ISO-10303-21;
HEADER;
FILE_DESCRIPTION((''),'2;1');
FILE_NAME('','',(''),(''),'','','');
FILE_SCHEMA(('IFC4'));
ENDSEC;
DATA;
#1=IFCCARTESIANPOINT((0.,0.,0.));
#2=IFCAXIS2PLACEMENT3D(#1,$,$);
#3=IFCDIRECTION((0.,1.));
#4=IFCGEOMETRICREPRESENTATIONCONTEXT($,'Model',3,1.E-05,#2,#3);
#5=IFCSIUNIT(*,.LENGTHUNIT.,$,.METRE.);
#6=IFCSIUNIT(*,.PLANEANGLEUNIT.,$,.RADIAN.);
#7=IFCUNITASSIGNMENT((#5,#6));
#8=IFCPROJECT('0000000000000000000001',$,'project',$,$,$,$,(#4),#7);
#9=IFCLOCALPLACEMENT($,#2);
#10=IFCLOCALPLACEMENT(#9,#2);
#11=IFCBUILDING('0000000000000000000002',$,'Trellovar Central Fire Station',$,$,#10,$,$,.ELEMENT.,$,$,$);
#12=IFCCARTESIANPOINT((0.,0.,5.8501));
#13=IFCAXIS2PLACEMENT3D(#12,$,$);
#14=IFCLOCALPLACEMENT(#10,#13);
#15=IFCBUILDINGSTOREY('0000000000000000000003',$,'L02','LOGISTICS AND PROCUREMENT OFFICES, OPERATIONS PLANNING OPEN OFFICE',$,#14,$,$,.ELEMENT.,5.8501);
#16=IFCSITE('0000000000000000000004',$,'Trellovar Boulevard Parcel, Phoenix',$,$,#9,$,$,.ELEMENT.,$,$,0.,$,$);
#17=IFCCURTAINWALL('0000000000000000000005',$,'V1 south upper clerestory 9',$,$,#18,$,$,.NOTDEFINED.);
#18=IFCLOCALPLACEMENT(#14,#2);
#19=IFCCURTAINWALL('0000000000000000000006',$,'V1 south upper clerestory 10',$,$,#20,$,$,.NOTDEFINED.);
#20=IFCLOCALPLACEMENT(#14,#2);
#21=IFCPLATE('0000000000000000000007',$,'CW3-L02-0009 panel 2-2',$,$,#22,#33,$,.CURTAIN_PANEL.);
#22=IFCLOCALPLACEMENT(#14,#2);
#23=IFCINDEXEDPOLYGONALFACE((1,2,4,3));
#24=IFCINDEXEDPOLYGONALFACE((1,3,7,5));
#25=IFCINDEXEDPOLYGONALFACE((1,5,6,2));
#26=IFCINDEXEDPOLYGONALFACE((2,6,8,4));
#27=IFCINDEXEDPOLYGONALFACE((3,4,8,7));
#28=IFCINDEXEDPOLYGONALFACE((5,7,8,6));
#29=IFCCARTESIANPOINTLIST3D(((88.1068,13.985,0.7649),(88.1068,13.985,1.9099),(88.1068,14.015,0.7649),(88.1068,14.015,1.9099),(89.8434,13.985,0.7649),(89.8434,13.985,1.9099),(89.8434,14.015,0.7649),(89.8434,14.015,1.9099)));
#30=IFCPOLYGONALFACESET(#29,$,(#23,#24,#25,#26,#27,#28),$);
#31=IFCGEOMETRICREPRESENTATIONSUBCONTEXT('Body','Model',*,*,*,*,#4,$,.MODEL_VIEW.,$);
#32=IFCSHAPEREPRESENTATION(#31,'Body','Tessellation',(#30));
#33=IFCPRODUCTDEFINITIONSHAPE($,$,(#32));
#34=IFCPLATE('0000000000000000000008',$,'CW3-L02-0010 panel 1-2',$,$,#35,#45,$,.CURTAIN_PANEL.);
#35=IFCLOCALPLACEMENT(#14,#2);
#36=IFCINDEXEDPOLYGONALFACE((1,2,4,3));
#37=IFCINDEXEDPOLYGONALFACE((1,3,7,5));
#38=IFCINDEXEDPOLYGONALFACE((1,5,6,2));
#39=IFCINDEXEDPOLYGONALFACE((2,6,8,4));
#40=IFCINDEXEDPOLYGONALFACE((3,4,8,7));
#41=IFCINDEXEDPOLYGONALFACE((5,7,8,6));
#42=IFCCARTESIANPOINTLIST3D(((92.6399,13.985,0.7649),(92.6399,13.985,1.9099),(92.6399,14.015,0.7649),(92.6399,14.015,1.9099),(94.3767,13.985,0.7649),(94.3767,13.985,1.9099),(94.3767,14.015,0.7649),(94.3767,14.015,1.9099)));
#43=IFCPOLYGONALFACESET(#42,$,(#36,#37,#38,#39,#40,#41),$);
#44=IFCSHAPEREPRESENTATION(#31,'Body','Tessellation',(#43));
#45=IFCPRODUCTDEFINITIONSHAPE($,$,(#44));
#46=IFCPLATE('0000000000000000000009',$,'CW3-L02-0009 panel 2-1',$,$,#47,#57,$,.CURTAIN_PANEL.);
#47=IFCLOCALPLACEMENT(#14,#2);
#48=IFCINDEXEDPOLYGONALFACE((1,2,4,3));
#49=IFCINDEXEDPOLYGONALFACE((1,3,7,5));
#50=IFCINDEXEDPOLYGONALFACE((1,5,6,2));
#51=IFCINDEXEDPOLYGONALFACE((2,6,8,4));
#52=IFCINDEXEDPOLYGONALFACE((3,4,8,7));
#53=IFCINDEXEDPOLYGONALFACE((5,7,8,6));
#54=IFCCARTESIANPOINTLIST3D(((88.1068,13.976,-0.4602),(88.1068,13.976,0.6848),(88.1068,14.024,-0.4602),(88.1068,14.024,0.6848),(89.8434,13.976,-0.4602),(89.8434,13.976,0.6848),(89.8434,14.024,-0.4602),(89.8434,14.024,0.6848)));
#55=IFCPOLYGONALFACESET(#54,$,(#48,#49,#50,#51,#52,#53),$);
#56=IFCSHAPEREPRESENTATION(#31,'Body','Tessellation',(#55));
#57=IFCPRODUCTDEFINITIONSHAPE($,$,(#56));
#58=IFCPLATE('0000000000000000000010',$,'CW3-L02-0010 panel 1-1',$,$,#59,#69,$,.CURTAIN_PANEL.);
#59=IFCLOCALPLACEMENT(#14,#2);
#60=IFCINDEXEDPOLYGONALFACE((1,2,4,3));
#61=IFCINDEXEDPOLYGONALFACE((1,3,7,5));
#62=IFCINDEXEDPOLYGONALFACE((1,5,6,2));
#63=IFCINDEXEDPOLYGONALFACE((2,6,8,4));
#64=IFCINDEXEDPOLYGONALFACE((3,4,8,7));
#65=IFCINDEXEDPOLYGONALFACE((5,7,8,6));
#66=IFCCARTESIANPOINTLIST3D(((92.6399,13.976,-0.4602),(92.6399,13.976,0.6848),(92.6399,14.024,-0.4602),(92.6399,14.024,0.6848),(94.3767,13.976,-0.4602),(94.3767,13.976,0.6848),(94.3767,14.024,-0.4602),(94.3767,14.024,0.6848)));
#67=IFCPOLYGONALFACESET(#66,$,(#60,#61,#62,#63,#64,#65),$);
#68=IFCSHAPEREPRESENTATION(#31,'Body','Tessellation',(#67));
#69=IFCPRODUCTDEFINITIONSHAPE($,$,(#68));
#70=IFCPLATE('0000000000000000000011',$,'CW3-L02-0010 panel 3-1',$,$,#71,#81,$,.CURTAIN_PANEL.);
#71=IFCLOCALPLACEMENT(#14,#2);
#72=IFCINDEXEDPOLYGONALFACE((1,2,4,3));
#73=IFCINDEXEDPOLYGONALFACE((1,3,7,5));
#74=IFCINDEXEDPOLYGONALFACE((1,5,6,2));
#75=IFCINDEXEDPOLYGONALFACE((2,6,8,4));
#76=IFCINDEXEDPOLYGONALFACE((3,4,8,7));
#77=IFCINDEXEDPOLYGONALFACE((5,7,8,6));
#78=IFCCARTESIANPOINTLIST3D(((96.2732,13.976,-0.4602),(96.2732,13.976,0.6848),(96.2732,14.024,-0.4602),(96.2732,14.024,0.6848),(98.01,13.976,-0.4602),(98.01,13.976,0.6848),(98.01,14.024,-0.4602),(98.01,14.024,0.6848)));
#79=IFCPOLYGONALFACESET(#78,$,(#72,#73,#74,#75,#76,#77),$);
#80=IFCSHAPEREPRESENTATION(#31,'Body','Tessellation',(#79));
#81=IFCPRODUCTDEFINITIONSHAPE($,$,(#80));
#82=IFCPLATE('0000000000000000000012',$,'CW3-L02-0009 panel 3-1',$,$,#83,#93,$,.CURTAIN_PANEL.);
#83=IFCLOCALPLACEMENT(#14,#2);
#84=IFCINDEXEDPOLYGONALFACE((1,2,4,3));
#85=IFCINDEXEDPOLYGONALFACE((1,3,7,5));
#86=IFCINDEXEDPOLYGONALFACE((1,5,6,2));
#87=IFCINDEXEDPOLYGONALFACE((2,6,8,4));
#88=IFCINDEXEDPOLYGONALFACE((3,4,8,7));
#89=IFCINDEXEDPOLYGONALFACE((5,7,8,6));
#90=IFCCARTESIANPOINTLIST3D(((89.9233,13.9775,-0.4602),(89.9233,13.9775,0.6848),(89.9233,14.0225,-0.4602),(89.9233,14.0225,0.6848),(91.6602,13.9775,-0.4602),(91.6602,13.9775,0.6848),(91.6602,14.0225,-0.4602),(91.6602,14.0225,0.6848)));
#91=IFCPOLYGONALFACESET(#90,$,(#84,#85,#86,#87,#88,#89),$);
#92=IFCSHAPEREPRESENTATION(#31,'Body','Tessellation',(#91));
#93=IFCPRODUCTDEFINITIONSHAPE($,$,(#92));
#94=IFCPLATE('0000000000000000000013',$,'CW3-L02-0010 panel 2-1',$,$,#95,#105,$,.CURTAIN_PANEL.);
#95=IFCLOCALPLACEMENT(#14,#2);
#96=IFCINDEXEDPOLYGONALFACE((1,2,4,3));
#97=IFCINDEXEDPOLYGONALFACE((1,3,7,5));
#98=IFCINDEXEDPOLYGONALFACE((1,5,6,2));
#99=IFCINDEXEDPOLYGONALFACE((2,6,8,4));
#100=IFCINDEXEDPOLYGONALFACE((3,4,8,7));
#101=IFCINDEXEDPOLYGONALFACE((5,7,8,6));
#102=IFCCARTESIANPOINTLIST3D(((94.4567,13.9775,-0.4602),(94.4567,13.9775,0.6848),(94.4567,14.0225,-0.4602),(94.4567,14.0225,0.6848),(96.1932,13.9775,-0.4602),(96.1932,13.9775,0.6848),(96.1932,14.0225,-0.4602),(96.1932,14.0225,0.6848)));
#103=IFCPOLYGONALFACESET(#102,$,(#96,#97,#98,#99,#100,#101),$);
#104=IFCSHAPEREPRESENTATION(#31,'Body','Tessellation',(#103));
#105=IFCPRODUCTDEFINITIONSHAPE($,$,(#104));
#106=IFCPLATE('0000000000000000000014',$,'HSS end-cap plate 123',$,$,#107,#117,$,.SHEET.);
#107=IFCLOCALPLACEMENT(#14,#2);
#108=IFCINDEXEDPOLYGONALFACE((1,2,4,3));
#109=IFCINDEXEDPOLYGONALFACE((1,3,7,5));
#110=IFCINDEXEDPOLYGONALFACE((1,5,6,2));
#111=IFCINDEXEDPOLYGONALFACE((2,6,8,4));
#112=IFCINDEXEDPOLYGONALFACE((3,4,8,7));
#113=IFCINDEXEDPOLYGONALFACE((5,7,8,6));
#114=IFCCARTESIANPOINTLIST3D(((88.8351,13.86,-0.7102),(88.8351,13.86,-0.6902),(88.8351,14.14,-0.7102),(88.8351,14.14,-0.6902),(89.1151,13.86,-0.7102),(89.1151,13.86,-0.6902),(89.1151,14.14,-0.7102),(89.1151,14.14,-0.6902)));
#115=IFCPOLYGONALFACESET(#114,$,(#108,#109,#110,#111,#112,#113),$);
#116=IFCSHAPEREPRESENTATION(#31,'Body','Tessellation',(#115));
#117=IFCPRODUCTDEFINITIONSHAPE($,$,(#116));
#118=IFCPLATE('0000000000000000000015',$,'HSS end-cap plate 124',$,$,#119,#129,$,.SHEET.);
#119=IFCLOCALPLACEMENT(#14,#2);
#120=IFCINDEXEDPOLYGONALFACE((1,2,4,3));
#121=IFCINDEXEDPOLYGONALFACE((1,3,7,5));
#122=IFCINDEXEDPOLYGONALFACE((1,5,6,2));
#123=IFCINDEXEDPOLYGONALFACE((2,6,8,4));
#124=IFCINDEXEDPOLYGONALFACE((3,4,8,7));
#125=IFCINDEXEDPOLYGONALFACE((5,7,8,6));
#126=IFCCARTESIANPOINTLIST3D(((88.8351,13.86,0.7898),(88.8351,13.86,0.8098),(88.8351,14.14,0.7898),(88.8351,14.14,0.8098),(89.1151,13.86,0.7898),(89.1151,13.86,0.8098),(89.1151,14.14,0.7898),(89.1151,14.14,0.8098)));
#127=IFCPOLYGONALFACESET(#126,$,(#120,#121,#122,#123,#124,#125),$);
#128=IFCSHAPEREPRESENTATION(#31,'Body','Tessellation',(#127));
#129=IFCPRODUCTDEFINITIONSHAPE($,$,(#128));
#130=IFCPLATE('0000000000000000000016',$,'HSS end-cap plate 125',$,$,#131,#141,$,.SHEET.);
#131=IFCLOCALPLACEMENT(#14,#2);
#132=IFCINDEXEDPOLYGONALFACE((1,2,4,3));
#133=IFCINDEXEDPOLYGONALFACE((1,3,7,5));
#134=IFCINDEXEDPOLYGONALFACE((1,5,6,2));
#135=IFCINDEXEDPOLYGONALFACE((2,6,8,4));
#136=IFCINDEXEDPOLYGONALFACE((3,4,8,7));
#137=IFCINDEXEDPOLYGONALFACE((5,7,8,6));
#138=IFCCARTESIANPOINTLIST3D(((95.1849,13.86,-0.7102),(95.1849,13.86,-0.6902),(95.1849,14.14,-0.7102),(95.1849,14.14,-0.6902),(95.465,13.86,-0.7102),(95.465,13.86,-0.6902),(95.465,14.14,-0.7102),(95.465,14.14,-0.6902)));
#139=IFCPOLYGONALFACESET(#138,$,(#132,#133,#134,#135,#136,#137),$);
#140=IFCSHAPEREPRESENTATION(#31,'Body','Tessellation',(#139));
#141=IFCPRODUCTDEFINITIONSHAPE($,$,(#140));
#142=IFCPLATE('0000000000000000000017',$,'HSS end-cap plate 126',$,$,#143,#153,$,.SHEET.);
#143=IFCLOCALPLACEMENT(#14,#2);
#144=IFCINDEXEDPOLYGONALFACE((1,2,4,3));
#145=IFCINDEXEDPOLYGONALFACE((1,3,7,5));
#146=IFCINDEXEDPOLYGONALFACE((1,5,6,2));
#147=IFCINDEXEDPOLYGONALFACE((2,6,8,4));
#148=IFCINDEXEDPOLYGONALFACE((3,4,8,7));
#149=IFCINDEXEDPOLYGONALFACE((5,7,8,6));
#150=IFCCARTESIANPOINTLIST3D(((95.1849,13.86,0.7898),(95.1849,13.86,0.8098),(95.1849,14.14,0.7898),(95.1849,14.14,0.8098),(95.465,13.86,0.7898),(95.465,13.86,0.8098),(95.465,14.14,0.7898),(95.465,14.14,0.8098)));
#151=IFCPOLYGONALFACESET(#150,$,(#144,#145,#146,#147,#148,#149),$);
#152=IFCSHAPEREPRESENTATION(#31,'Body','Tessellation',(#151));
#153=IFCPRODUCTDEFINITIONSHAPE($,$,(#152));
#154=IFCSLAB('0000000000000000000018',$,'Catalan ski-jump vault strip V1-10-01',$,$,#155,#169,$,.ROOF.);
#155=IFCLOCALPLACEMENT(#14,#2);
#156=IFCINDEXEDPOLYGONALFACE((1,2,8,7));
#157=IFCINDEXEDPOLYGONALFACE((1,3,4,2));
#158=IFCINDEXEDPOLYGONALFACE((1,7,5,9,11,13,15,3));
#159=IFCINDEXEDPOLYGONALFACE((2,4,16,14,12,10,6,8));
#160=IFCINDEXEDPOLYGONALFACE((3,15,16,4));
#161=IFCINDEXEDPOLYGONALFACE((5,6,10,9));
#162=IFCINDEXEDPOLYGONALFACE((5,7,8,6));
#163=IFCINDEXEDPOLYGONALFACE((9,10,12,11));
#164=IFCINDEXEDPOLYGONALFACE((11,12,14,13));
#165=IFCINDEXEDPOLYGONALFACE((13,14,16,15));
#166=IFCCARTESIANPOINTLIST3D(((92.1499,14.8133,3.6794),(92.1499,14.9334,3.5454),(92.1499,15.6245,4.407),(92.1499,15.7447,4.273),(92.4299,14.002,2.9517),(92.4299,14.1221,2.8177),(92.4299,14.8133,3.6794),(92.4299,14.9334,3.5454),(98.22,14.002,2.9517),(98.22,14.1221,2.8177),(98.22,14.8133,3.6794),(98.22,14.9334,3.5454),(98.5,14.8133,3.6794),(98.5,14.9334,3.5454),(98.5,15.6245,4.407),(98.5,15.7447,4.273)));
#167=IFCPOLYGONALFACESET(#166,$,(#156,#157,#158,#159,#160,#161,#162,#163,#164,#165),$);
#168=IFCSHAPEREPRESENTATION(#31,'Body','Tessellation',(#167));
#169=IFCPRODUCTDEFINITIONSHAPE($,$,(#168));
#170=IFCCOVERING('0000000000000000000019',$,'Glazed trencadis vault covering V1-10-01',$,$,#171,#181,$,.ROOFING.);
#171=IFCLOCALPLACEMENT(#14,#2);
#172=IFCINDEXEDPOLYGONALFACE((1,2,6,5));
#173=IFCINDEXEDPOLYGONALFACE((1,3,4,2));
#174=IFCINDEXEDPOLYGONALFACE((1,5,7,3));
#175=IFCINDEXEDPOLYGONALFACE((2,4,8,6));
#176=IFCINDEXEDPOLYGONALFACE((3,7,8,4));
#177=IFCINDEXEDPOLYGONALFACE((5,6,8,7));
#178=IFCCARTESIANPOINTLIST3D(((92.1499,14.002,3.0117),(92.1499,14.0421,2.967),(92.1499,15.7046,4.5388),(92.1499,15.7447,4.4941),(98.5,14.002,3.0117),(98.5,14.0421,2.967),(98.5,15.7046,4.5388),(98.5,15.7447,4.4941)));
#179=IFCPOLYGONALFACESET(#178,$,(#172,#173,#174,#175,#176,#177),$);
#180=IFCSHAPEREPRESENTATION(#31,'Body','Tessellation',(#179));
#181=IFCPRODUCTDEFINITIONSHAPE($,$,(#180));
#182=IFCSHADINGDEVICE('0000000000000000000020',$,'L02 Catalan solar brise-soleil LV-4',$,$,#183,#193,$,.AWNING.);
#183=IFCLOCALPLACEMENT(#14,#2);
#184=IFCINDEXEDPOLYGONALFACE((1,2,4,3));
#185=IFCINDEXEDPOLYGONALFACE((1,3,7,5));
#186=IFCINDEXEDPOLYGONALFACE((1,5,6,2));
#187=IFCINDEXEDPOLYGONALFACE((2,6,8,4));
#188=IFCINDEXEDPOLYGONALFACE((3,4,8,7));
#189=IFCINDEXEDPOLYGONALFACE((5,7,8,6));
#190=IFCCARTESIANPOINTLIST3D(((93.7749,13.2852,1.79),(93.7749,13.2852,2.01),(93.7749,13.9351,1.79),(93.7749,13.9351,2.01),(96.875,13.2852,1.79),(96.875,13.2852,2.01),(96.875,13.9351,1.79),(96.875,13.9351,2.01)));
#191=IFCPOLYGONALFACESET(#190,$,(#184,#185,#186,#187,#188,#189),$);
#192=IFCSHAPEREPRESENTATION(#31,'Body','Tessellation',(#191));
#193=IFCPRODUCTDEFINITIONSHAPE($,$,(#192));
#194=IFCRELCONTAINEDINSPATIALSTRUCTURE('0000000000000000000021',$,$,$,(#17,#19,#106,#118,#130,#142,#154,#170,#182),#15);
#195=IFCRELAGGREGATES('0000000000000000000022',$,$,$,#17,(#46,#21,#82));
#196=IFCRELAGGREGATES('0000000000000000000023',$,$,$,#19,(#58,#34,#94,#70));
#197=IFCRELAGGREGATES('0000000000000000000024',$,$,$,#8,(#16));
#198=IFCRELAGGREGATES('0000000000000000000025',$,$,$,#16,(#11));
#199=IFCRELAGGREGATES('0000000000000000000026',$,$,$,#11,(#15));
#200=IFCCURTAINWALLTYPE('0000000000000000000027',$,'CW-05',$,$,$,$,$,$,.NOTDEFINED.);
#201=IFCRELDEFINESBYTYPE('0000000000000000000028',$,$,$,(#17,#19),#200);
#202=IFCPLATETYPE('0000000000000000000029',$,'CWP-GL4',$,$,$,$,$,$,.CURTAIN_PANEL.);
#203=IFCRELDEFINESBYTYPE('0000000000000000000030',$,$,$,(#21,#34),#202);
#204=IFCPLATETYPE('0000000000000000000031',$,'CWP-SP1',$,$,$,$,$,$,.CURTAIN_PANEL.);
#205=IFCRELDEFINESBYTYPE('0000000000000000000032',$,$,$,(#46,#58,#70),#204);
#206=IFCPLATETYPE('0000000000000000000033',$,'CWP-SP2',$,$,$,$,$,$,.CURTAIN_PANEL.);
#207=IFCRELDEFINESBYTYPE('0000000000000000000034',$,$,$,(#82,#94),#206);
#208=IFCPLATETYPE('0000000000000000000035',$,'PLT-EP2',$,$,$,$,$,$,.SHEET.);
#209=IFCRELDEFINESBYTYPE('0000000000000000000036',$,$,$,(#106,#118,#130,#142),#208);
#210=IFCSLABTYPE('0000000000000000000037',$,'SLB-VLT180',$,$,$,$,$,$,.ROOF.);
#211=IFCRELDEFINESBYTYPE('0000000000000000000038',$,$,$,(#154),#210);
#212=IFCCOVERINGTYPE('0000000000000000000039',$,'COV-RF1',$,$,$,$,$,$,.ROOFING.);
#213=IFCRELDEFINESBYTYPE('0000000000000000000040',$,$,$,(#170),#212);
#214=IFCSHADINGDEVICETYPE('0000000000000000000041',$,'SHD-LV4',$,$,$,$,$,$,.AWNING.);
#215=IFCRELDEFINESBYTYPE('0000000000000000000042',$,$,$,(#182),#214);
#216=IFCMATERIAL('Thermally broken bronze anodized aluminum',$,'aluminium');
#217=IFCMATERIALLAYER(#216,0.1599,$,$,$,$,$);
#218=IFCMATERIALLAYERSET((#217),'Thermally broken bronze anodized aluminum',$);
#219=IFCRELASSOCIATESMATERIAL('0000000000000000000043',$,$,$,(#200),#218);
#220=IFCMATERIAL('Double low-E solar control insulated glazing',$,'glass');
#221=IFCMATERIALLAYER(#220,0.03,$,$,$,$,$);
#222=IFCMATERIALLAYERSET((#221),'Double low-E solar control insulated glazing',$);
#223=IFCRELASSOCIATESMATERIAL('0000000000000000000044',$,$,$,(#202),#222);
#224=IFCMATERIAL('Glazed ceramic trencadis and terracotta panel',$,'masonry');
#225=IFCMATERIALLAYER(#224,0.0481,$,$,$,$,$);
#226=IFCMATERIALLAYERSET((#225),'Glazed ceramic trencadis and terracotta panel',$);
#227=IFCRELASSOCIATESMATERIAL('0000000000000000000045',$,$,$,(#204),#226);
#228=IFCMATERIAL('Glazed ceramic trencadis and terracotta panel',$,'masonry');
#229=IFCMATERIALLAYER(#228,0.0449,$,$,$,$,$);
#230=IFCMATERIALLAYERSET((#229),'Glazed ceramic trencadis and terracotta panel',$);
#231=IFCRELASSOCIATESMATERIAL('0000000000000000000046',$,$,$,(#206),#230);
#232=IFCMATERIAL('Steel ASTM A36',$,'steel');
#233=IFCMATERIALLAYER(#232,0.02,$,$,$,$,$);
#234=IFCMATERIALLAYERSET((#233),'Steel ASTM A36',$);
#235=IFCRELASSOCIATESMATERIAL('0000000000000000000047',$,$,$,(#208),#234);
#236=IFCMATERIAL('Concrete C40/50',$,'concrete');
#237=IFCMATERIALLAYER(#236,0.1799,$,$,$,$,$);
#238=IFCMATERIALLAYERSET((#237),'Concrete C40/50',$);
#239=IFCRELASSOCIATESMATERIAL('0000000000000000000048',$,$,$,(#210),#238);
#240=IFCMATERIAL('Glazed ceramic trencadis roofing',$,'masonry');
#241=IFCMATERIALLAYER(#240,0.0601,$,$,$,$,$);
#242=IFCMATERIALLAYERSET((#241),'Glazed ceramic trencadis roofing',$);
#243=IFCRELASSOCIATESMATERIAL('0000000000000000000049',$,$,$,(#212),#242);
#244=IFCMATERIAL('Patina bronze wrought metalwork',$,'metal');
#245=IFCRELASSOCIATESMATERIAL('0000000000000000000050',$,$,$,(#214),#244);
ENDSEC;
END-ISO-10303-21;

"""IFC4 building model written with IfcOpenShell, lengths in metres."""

from ifc_helpers import new_model, si_unit, direction, frame, origin, origin_2d, place, context, subcontext, project, spatial, polyline, rectangle, outline, extrude, material, layer, layer_set, type_object, element, aggregate, save


model = new_model("IFC4")

# Units and contexts
model_context = context("Model", 3, precision=1e-05, world=origin(), true_north=direction((0.0, 1.0)))
body_context = subcontext(model_context, "Body", "Model", "MODEL_VIEW")
ifc_project = project(units=[si_unit("LENGTHUNIT", "METRE"), si_unit("PLANEANGLEUNIT", "RADIAN")], contexts=[model_context])

# Site, building, storey
site_placement = place(None, origin())
site = spatial("IfcSite", under=ifc_project, at=site_placement, Name="Trellovar Boulevard Parcel, Phoenix", CompositionType="ELEMENT", RefElevation=0.0)
building_placement = place(site_placement, origin())
building = spatial("IfcBuilding", under=site, at=building_placement, Name="Trellovar Central Fire Station", CompositionType="ELEMENT")
storey_placement = place(building_placement, frame((0.0, 0.0, 5.8501)))
storey = spatial("IfcBuildingStorey", under=building, at=storey_placement, Name="L02", Description="LOGISTICS AND PROCUREMENT OFFICES, OPERATIONS PLANNING OPEN OFFICE", CompositionType="ELEMENT", Elevation=5.8501)

# Curtain walls
ifc_material_1 = material(Name="Thermally broken bronze anodized aluminum", Category="aluminium")
ifc_layer_1 = layer(ifc_material_1, 0.1599)
ifc_layer_set_1 = layer_set([ifc_layer_1], Name="Thermally broken bronze anodized aluminum")
curtain_wall_type = type_object("IfcCurtainWallType", Name="CW-05", PredefinedType="NOTDEFINED", material=ifc_layer_set_1)
curtain_wall_1_placement = place(storey_placement, origin())
curtain_wall_1 = element("IfcCurtainWall", 1, at=curtain_wall_1_placement, inside=storey, type_object=curtain_wall_type, Name="V1 south upper clerestory 9", PredefinedType="NOTDEFINED")
curtain_wall_2_placement = place(storey_placement, origin())
curtain_wall_2 = element("IfcCurtainWall", 2, at=curtain_wall_2_placement, inside=storey, type_object=curtain_wall_type, Name="V1 south upper clerestory 10", PredefinedType="NOTDEFINED")

# Plates
ifc_material_2 = material(Name="Double low-E solar control insulated glazing", Category="glass")
ifc_layer_2 = layer(ifc_material_2, 0.03)
ifc_layer_set_2 = layer_set([ifc_layer_2], Name="Double low-E solar control insulated glazing")
plate_type_1 = type_object("IfcPlateType", Name="CWP-GL4", PredefinedType="CURTAIN_PANEL", material=ifc_layer_set_2)
plate_1_placement = place(storey_placement, frame((88.9751, 14.0, 0.7649), z_axis=(0.0, 0.0, 1.0), x_axis=(1.0, 0.0, 0.0)))
plate_1 = element("IfcPlate", 3, at=plate_1_placement, type_object=plate_type_1, Name="CW3-L02-0009 panel 2-2", PredefinedType="CURTAIN_PANEL", context=body_context, shape_type="SweptSolid", body=[
    extrude(rectangle(XDim=1.7366, YDim=0.03, at=origin_2d()), origin(), (0.0, 0.0, 1.0), 1.145),
])
plate_2_placement = place(storey_placement, frame((93.5083, 14.0, 0.7649), z_axis=(0.0, 0.0, 1.0), x_axis=(1.0, 0.0, 0.0)))
plate_2 = element("IfcPlate", 4, at=plate_2_placement, type_object=plate_type_1, Name="CW3-L02-0010 panel 1-2", PredefinedType="CURTAIN_PANEL", context=body_context, shape_type="SweptSolid", body=[
    extrude(rectangle(XDim=1.7368, YDim=0.03, at=origin_2d()), origin(), (0.0, 0.0, 1.0), 1.145),
])
ifc_material_3 = material(Name="Glazed ceramic trencadis and terracotta panel", Category="masonry")
ifc_layer_3 = layer(ifc_material_3, 0.0481)
ifc_layer_set_3 = layer_set([ifc_layer_3], Name="Glazed ceramic trencadis and terracotta panel")
plate_type_2 = type_object("IfcPlateType", Name="CWP-SP1", PredefinedType="CURTAIN_PANEL", material=ifc_layer_set_3)
plate_3_placement = place(storey_placement, frame((88.9751, 14.0, -0.4602), z_axis=(0.0, 0.0, 1.0), x_axis=(1.0, 0.0, 0.0)))
plate_3 = element("IfcPlate", 5, at=plate_3_placement, type_object=plate_type_2, Name="CW3-L02-0009 panel 2-1", PredefinedType="CURTAIN_PANEL", context=body_context, shape_type="SweptSolid", body=[
    extrude(rectangle(XDim=1.7366, YDim=0.0481, at=origin_2d()), origin(), (0.0, 0.0, 1.0), 1.145),
])
plate_4_placement = place(storey_placement, frame((93.5083, 14.0, -0.4602), z_axis=(0.0, 0.0, 1.0), x_axis=(1.0, 0.0, 0.0)))
plate_4 = element("IfcPlate", 6, at=plate_4_placement, type_object=plate_type_2, Name="CW3-L02-0010 panel 1-1", PredefinedType="CURTAIN_PANEL", context=body_context, shape_type="SweptSolid", body=[
    extrude(rectangle(XDim=1.7368, YDim=0.0481, at=origin_2d()), origin(), (0.0, 0.0, 1.0), 1.145),
])
plate_5_placement = place(storey_placement, frame((97.1416, 14.0, -0.4602), z_axis=(0.0, 0.0, 1.0), x_axis=(1.0, 0.0, 0.0)))
plate_5 = element("IfcPlate", 7, at=plate_5_placement, type_object=plate_type_2, Name="CW3-L02-0010 panel 3-1", PredefinedType="CURTAIN_PANEL", context=body_context, shape_type="SweptSolid", body=[
    extrude(rectangle(XDim=1.7368, YDim=0.0481, at=origin_2d()), origin(), (0.0, 0.0, 1.0), 1.145),
])
ifc_material_4 = material(Name="Glazed ceramic trencadis and terracotta panel", Category="masonry")
ifc_layer_4 = layer(ifc_material_4, 0.0449)
ifc_layer_set_4 = layer_set([ifc_layer_4], Name="Glazed ceramic trencadis and terracotta panel")
plate_type_3 = type_object("IfcPlateType", Name="CWP-SP2", PredefinedType="CURTAIN_PANEL", material=ifc_layer_set_4)
plate_6_placement = place(storey_placement, frame((90.7917, 14.0, -0.4602), z_axis=(0.0, 0.0, 1.0), x_axis=(1.0, 0.0, 0.0)))
plate_6 = element("IfcPlate", 8, at=plate_6_placement, type_object=plate_type_3, Name="CW3-L02-0009 panel 3-1", PredefinedType="CURTAIN_PANEL", context=body_context, shape_type="SweptSolid", body=[
    extrude(rectangle(XDim=1.7368, YDim=0.0449, at=origin_2d()), origin(), (0.0, 0.0, 1.0), 1.145),
])
aggregate(curtain_wall_1, [plate_3, plate_1, plate_6])
plate_7_placement = place(storey_placement, frame((95.325, 14.0, -0.4602), z_axis=(0.0, 0.0, 1.0), x_axis=(1.0, 0.0, 0.0)))
plate_7 = element("IfcPlate", 9, at=plate_7_placement, type_object=plate_type_3, Name="CW3-L02-0010 panel 2-1", PredefinedType="CURTAIN_PANEL", context=body_context, shape_type="SweptSolid", body=[
    extrude(rectangle(XDim=1.7366, YDim=0.0449, at=origin_2d()), origin(), (0.0, 0.0, 1.0), 1.145),
])
aggregate(curtain_wall_2, [plate_4, plate_2, plate_7, plate_5])

# Plates
ifc_material_5 = material(Name="Steel ASTM A36", Category="steel")
ifc_layer_5 = layer(ifc_material_5, 0.02)
ifc_layer_set_5 = layer_set([ifc_layer_5], Name="Steel ASTM A36")
plate_type_4 = type_object("IfcPlateType", Name="PLT-EP2", PredefinedType="SHEET", material=ifc_layer_set_5)
for number, where, z_axis, x_axis, name in (
    (10, (88.9751, 14.0, -0.7102), (0.0, 0.0, 1.0), (1.0, 0.0, 0.0), "HSS end-cap plate 123"),
    (11, (88.9751, 14.0, 0.7898), (0.0, 0.0, 1.0), (1.0, 0.0, 0.0), "HSS end-cap plate 124"),
    (12, (95.325, 14.0, -0.7102), (0.0, 0.0, 1.0), (1.0, 0.0, 0.0), "HSS end-cap plate 125"),
    (13, (95.325, 14.0, 0.7898), (0.0, 0.0, 1.0), (1.0, 0.0, 0.0), "HSS end-cap plate 126"),
):
    element("IfcPlate", number, at=place(storey_placement, frame(where, z_axis=z_axis, x_axis=x_axis)), inside=storey, type_object=plate_type_4, Name=name, PredefinedType="SHEET", context=body_context, shape_type="SweptSolid", body=[
        extrude(rectangle(XDim=0.28, YDim=0.28, at=origin_2d()), origin(), (0.0, 0.0, 1.0), 0.02),
    ])

# Slab
ifc_material_6 = material(Name="Concrete C40/50", Category="concrete")
ifc_layer_6 = layer(ifc_material_6, 0.1799)
ifc_layer_set_6 = layer_set([ifc_layer_6], Name="Concrete C40/50")
slab_type = type_object("IfcSlabType", Name="SLB-VLT180", PredefinedType="ROOF", material=ifc_layer_set_6)
slab_placement = place(storey_placement, frame((92.4299, 14.002, 2.9517), z_axis=(0.0, -0.667698, 0.744432), x_axis=(1.0, 0.0, 0.0)))
element("IfcSlab", 14, at=slab_placement, inside=storey, type_object=slab_type, Name="Catalan ski-jump vault strip V1-10-01", PredefinedType="ROOF", context=body_context, shape_type="SweptSolid", body=[
    extrude(outline(polyline([(0.0, 0.0), (5.79, 0.0), (5.79, 1.0899), (6.0701, 1.0899), (6.0701, 2.1796), (-0.28, 2.1796), (-0.28, 1.0899), (0.0, 1.0899), (0.0, 0.0)])), origin(), (0.0, 0.0, -1.0), 0.1799),
])

# Covering
ifc_material_7 = material(Name="Glazed ceramic trencadis roofing", Category="masonry")
ifc_layer_7 = layer(ifc_material_7, 0.0601)
ifc_layer_set_7 = layer_set([ifc_layer_7], Name="Glazed ceramic trencadis roofing")
covering_type = type_object("IfcCoveringType", Name="COV-RF1", PredefinedType="ROOFING", material=ifc_layer_set_7)
covering_placement = place(storey_placement, frame((92.1499, 14.002, 3.0117), z_axis=(0.0, -0.66769, 0.74444), x_axis=(1.0, 0.0, 0.0)))
element("IfcCovering", 15, at=covering_placement, inside=storey, type_object=covering_type, Name="Glazed trencadis vault covering V1-10-01", PredefinedType="ROOFING", context=body_context, shape_type="SweptSolid", body=[
    extrude(outline(polyline([(0.0, 0.0), (6.3501, 0.0), (6.3501, 2.2871), (0.0, 2.2871), (0.0, 0.0)])), origin(), (0.0, 0.0, -1.0), 0.0601),
])

# Shading device
ifc_material_8 = material(Name="Patina bronze wrought metalwork", Category="metal")
shading_device_type = type_object("IfcShadingDeviceType", Name="SHD-LV4", PredefinedType="AWNING", material=ifc_material_8)
shading_device_placement = place(storey_placement, frame((95.325, 13.6101, 1.79), z_axis=(0.0, 0.0, 1.0), x_axis=(1.0, 0.0, 0.0)))
element("IfcShadingDevice", 16, at=shading_device_placement, inside=storey, type_object=shading_device_type, Name="L02 Catalan solar brise-soleil LV-4", PredefinedType="AWNING", context=body_context, shape_type="SweptSolid", body=[
    extrude(rectangle(XDim=3.1001, YDim=0.6499, at=origin_2d()), origin(), (0.0, 0.0, 1.0), 0.22),
])

save(model, "model.ifc")
